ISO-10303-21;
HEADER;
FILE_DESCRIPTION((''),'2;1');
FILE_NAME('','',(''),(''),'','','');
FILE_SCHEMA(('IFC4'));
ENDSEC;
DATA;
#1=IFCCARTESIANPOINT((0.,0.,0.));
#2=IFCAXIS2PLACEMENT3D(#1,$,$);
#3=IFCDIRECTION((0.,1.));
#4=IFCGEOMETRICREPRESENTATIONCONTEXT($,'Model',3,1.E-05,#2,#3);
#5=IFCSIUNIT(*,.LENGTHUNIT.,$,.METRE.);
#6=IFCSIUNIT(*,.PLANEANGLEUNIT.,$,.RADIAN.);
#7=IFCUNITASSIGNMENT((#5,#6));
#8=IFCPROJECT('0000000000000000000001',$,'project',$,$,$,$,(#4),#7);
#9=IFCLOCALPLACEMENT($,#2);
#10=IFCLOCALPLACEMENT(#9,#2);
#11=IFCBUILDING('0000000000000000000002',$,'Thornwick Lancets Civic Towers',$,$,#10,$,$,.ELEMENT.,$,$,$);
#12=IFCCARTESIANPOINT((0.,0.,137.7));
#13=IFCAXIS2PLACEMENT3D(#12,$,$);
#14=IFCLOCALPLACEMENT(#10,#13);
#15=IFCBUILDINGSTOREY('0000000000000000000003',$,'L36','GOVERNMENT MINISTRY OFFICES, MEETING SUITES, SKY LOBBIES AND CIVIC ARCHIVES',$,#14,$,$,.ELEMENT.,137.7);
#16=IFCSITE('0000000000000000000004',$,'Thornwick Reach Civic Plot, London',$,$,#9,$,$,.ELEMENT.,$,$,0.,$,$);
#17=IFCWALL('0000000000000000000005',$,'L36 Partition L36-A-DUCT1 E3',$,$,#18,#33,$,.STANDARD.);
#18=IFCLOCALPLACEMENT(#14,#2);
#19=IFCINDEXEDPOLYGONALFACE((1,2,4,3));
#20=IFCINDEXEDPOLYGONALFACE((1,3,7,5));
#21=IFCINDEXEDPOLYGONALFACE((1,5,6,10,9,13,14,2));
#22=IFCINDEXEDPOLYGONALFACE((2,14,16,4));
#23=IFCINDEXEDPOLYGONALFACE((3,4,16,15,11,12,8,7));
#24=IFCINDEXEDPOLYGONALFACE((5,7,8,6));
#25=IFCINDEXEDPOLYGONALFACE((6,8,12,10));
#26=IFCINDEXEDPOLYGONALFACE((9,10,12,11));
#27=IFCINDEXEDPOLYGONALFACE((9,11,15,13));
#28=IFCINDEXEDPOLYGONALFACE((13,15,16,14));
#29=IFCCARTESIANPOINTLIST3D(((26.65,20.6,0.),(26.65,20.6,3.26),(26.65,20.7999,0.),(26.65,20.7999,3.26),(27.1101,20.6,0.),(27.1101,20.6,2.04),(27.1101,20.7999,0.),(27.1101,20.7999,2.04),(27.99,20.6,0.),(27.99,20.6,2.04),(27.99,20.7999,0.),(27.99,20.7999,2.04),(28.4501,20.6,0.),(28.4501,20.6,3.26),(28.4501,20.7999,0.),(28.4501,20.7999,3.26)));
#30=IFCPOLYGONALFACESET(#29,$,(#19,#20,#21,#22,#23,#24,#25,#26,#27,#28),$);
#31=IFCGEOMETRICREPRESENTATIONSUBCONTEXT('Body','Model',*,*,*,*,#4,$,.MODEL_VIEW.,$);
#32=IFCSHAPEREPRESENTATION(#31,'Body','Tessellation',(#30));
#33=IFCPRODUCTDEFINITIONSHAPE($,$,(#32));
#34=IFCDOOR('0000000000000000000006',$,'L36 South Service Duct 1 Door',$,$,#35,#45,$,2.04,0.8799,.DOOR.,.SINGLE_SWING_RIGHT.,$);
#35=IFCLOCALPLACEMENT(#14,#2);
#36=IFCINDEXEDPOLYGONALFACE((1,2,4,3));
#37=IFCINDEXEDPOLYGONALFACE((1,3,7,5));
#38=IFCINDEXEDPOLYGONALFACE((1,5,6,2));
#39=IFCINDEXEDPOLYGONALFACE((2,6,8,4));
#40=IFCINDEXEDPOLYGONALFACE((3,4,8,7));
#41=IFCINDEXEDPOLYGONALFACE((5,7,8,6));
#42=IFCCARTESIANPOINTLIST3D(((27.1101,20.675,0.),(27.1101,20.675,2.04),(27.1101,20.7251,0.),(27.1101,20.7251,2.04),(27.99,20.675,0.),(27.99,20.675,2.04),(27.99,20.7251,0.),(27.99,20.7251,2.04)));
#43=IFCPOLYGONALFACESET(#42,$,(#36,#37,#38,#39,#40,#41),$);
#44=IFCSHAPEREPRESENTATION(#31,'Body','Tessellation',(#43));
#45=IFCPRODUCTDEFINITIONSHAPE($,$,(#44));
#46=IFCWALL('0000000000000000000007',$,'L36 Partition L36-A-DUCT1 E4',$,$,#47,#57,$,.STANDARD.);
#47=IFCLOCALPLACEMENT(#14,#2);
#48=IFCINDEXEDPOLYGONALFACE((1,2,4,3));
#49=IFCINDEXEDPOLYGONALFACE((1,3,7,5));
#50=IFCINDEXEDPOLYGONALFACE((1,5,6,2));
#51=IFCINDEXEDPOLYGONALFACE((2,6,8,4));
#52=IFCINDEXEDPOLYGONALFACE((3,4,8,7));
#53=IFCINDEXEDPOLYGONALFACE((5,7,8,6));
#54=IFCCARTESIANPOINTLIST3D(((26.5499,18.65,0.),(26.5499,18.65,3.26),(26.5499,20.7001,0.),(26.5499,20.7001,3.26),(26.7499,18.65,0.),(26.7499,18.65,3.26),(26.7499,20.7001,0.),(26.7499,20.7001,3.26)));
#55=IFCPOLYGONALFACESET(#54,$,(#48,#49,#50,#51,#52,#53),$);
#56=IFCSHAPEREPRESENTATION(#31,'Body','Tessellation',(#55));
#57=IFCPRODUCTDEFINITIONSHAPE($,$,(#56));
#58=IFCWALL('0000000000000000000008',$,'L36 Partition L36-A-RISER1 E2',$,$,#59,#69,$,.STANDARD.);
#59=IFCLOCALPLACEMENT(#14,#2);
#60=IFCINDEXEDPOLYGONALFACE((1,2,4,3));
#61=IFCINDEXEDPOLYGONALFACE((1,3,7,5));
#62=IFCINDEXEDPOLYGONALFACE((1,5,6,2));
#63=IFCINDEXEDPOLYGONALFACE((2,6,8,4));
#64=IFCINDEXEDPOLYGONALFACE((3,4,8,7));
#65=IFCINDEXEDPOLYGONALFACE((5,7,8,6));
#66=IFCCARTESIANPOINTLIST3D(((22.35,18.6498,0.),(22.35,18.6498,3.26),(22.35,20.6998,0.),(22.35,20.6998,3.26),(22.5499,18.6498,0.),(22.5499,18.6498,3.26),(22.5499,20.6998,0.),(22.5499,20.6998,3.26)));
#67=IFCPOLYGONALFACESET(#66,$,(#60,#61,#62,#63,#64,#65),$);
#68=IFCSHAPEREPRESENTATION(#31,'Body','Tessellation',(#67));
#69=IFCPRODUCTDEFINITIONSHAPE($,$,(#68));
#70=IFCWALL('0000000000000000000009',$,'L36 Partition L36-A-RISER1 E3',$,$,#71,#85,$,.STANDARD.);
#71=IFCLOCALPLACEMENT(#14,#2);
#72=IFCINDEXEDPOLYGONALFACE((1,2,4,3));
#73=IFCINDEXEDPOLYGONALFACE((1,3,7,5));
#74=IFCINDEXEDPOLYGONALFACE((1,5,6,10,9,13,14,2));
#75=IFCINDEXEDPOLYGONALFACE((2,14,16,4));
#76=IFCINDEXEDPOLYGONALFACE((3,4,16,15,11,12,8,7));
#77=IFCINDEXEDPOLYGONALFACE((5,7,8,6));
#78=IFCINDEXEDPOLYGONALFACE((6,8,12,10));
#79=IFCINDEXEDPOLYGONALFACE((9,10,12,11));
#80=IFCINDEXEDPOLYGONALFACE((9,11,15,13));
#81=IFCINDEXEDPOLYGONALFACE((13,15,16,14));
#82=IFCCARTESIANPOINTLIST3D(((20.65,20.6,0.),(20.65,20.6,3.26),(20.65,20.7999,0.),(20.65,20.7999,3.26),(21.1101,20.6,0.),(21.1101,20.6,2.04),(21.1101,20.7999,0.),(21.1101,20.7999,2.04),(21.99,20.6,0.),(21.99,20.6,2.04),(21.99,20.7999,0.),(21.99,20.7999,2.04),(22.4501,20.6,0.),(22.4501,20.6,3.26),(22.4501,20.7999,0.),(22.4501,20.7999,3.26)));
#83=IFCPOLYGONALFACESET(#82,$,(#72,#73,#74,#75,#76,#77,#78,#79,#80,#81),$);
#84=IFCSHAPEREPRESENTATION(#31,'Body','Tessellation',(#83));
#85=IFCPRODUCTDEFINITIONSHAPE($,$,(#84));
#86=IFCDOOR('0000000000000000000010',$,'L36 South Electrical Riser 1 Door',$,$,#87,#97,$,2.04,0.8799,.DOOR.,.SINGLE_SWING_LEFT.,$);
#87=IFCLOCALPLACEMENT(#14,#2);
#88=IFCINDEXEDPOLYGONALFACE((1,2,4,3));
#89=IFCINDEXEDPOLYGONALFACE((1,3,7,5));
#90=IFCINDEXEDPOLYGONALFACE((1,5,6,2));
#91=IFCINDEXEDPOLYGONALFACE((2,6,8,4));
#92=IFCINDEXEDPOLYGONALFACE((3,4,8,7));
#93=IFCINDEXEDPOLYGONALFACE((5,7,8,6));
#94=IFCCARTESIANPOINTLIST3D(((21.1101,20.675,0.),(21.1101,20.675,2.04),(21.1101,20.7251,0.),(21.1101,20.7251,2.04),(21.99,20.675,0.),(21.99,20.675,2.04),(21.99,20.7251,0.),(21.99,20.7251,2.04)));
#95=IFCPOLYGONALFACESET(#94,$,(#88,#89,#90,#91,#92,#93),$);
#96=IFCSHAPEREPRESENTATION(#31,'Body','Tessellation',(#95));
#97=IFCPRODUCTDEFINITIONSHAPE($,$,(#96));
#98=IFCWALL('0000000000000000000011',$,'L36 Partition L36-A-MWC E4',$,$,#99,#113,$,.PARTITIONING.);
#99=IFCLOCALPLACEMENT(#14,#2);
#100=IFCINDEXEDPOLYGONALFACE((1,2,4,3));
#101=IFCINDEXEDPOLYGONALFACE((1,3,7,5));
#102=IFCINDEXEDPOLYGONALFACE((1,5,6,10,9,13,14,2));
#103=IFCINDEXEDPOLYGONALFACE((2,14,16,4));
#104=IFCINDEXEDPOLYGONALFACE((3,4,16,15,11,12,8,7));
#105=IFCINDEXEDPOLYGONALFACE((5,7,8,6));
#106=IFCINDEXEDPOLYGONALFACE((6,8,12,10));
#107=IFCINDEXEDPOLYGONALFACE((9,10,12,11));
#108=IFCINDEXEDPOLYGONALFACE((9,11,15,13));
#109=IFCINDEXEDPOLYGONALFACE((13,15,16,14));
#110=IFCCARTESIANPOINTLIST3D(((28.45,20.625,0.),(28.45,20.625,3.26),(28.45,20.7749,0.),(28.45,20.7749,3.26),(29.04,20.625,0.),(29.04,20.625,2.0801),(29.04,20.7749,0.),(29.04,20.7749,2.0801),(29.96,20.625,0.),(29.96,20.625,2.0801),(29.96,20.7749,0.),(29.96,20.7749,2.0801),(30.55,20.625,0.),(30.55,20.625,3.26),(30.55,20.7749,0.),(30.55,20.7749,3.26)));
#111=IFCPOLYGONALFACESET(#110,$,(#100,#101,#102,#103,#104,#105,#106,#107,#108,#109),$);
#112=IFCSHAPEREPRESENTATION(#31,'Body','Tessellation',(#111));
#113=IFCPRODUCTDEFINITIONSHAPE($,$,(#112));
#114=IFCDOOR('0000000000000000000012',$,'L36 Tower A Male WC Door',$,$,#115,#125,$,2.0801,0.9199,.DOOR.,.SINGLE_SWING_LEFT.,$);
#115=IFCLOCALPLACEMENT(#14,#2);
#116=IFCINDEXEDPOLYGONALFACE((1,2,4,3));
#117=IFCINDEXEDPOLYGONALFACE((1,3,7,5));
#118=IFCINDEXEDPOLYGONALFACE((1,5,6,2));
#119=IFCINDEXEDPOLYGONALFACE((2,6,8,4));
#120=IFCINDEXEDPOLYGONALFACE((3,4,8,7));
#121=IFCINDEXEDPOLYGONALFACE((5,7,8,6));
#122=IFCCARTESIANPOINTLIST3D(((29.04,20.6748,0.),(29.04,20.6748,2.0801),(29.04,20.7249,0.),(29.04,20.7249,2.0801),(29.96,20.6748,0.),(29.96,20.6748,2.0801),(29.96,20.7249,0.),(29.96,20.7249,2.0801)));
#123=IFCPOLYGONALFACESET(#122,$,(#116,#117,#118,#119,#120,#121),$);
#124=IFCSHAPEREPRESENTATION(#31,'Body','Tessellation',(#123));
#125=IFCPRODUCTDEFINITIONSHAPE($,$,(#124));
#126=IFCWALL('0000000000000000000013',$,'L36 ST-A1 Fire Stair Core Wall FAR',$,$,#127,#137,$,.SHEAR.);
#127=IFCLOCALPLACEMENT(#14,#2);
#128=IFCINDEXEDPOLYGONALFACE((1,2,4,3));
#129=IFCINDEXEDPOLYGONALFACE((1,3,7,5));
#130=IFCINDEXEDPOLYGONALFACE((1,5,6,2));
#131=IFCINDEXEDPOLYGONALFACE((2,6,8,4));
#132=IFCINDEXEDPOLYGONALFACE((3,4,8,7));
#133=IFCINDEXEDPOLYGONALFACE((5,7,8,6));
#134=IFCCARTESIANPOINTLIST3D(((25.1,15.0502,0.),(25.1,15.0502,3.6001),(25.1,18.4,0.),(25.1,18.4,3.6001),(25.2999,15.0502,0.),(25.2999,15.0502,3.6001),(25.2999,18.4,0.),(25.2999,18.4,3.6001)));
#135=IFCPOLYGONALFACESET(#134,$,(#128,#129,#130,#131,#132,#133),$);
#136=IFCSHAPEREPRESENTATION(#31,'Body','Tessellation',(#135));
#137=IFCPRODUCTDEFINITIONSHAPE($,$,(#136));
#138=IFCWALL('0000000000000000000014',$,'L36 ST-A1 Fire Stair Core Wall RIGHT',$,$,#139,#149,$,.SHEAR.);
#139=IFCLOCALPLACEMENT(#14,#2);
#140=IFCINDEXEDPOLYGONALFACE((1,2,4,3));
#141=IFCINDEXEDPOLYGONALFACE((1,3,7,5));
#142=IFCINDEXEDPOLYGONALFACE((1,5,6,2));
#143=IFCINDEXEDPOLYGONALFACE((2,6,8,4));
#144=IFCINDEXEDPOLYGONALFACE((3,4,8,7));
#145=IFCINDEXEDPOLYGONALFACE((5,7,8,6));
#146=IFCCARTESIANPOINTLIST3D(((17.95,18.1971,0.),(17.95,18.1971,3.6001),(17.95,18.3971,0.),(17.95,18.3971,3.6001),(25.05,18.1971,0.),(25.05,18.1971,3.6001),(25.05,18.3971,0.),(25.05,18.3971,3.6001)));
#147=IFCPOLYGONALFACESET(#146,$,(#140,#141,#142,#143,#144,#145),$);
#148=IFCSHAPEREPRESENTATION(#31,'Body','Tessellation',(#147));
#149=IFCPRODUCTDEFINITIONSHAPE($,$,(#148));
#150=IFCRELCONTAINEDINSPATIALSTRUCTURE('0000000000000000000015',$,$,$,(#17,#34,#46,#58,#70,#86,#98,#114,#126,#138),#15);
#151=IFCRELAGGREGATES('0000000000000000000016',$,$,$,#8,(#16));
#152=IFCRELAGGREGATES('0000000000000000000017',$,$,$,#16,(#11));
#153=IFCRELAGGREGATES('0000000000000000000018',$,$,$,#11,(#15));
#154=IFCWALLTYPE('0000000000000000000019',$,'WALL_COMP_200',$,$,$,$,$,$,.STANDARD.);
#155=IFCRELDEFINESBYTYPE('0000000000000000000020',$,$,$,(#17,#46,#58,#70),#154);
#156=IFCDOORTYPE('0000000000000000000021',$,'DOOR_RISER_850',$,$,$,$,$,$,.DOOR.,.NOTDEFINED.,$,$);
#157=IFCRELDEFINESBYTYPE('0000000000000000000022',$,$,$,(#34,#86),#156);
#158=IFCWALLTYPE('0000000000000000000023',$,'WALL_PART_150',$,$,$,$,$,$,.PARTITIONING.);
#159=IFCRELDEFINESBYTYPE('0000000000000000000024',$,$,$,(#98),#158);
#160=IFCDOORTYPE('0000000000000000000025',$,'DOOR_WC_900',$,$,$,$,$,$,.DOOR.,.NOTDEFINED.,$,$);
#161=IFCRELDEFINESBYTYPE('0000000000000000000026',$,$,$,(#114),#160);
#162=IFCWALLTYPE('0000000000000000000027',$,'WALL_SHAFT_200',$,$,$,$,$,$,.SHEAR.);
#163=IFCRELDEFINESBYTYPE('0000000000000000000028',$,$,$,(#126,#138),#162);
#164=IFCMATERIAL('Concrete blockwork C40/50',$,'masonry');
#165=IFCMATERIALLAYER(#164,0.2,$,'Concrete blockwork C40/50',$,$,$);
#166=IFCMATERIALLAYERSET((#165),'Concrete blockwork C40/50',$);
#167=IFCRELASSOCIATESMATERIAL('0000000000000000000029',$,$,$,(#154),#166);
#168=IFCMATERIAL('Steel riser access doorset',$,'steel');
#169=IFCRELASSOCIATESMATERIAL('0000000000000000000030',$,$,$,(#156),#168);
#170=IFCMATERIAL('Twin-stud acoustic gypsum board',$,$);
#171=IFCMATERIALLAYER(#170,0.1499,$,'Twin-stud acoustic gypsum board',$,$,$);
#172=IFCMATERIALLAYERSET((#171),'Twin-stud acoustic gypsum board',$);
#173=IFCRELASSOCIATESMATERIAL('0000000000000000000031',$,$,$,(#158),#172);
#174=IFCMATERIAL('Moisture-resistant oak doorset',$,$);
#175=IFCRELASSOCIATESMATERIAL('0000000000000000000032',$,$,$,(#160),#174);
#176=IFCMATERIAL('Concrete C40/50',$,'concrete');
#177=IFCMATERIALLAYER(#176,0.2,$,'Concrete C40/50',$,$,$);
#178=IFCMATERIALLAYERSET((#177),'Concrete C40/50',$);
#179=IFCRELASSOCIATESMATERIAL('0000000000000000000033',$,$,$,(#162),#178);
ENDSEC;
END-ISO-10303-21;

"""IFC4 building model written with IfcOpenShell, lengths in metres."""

from ifc_helpers import new_model, si_unit, direction, frame, frame_2d, origin, place, context, subcontext, project, spatial, rectangle, extrude, material, layer, layer_set, type_object, element, fill, save


model = new_model("IFC4")

# Units and contexts
model_context = context("Model", 3, precision=1e-05, world=origin(), true_north=direction((0.0, 1.0)))
body_context = subcontext(model_context, "Body", "Model", "MODEL_VIEW")
ifc_project = project(units=[si_unit("LENGTHUNIT", "METRE"), si_unit("PLANEANGLEUNIT", "RADIAN")], contexts=[model_context])

# Site, building, storey
site_placement = place(None, origin())
site = spatial("IfcSite", under=ifc_project, at=site_placement, Name="Thornwick Reach Civic Plot, London", CompositionType="ELEMENT", RefElevation=0.0)
building_placement = place(site_placement, origin())
building = spatial("IfcBuilding", under=site, at=building_placement, Name="Thornwick Lancets Civic Towers", CompositionType="ELEMENT")
storey_placement = place(building_placement, frame((0.0, 0.0, 137.7)))
storey = spatial("IfcBuildingStorey", under=building, at=storey_placement, Name="L36", Description="GOVERNMENT MINISTRY OFFICES, MEETING SUITES, SKY LOBBIES AND CIVIC ARCHIVES", CompositionType="ELEMENT", Elevation=137.7)

# Shared definitions
ifc_material_1 = material(Name="Concrete C40/50", Category="concrete")

# Shared definitions
ifc_material_2 = material(Name="Concrete blockwork C40/50", Category="masonry")
ifc_layer_1 = layer(ifc_material_2, 0.2, Name="Concrete blockwork C40/50")
ifc_layer_set_1 = layer_set([ifc_layer_1], Name="Concrete blockwork C40/50")
wall_type_1 = type_object("IfcWallType", Name="WALL_COMP_200", PredefinedType="STANDARD", material=ifc_layer_set_1)

# Wall, opening, door
wall_1_placement = place(storey_placement, frame((28.45, 20.7, 0.0), z_axis=(0.0, 0.0, 1.0), x_axis=(-1.0, 0.0, 0.0)))
wall_1 = element("IfcWall", 1, at=wall_1_placement, inside=storey, type_object=wall_type_1, Name="L36 Partition L36-A-DUCT1 E3", PredefinedType="STANDARD", context=body_context, shape_type="SweptSolid", body=[
    extrude(rectangle(XDim=1.8, YDim=0.2, at=frame_2d((0.8999, 0.0))), origin(), (0.0, 0.0, 1.0), 3.26),
])
opening_1_placement = place(wall_1_placement, frame((0.46, 0.0, 0.0)))
opening_1 = element("IfcOpeningElement", 2, at=opening_1_placement, cuts=wall_1, PredefinedType="OPENING", context=body_context, shape_type="SweptSolid", body=[
    extrude(rectangle(XDim=0.8799, YDim=2.04, at=frame_2d((0.4399, 1.02))), frame((0.0, 0.1099, 0.0), z_axis=(0.0, -1.0, 0.0), x_axis=(1.0, 0.0, 0.0)), (0.0, 0.0, 1.0), 0.22),
])
ifc_material_3 = material(Name="Steel riser access doorset", Category="steel")
door_type_1 = type_object("IfcDoorType", Name="DOOR_RISER_850", OperationType="NOTDEFINED", PredefinedType="DOOR", material=ifc_material_3)
door_1_placement = place(opening_1_placement, origin())
door_1 = element("IfcDoor", 3, at=door_1_placement, inside=storey, type_object=door_type_1, Name="L36 South Service Duct 1 Door", OperationType="SINGLE_SWING_RIGHT", OverallHeight=2.04, OverallWidth=0.8799, PredefinedType="DOOR", context=body_context, shape_type="SweptSolid", body=[
    extrude(rectangle(XDim=0.8799, YDim=2.04, at=frame_2d((0.4399, 1.02))), frame((0.0, 0.0249, 0.0), z_axis=(0.0, -1.0, 0.0), x_axis=(1.0, 0.0, 0.0)), (0.0, 0.0, 1.0), 0.05),
])
fill(opening_1, door_1)

# Walls
for number, where, z_axis, x_axis, name in (
    (4, (26.6499, 20.7, 0.0), (0.0, 0.0, 1.0), (0.0, -1.0, 0.0), "L36 Partition L36-A-DUCT1 E4"),
    (5, (22.45, 18.6499, 0.0), (0.0, 0.0, 1.0), (0.0, 1.0, 0.0), "L36 Partition L36-A-RISER1 E2"),
):
    element("IfcWall", number, at=place(storey_placement, frame(where, z_axis=z_axis, x_axis=x_axis)), inside=storey, type_object=wall_type_1, Name=name, PredefinedType="STANDARD", context=body_context, shape_type="SweptSolid", body=[
        extrude(rectangle(XDim=2.05, YDim=0.2, at=frame_2d((1.0249, 0.0))), origin(), (0.0, 0.0, 1.0), 3.26),
    ])

# Walls, openings, doors
wall_2_placement = place(storey_placement, frame((22.45, 20.7, 0.0), z_axis=(0.0, 0.0, 1.0), x_axis=(-1.0, 0.0, 0.0)))
wall_2 = element("IfcWall", 6, at=wall_2_placement, inside=storey, type_object=wall_type_1, Name="L36 Partition L36-A-RISER1 E3", PredefinedType="STANDARD", context=body_context, shape_type="SweptSolid", body=[
    extrude(rectangle(XDim=1.8, YDim=0.2, at=frame_2d((0.8999, 0.0))), origin(), (0.0, 0.0, 1.0), 3.26),
])
opening_2_placement = place(wall_2_placement, frame((0.46, 0.0, 0.0)))
opening_2 = element("IfcOpeningElement", 7, at=opening_2_placement, cuts=wall_2, PredefinedType="OPENING", context=body_context, shape_type="SweptSolid", body=[
    extrude(rectangle(XDim=0.8799, YDim=2.04, at=frame_2d((0.4399, 1.02))), frame((0.0, 0.1099, 0.0), z_axis=(0.0, -1.0, 0.0), x_axis=(1.0, 0.0, 0.0)), (0.0, 0.0, 1.0), 0.22),
])
door_2_placement = place(opening_2_placement, origin())
door_2 = element("IfcDoor", 8, at=door_2_placement, inside=storey, type_object=door_type_1, Name="L36 South Electrical Riser 1 Door", OperationType="SINGLE_SWING_LEFT", OverallHeight=2.04, OverallWidth=0.8799, PredefinedType="DOOR", context=body_context, shape_type="SweptSolid", body=[
    extrude(rectangle(XDim=0.8799, YDim=2.04, at=frame_2d((0.4399, 1.02))), frame((0.0, 0.0249, 0.0), z_axis=(0.0, -1.0, 0.0), x_axis=(1.0, 0.0, 0.0)), (0.0, 0.0, 1.0), 0.05),
])
fill(opening_2, door_2)
ifc_material_4 = material(Name="Twin-stud acoustic gypsum board")
ifc_layer_2 = layer(ifc_material_4, 0.1499, Name="Twin-stud acoustic gypsum board")
ifc_layer_set_2 = layer_set([ifc_layer_2], Name="Twin-stud acoustic gypsum board")
wall_type_2 = type_object("IfcWallType", Name="WALL_PART_150", PredefinedType="PARTITIONING", material=ifc_layer_set_2)
wall_3_placement = place(storey_placement, frame((28.45, 20.7, 0.0), z_axis=(0.0, 0.0, 1.0), x_axis=(1.0, 0.0, 0.0)))
wall_3 = element("IfcWall", 9, at=wall_3_placement, inside=storey, type_object=wall_type_2, Name="L36 Partition L36-A-MWC E4", PredefinedType="PARTITIONING", context=body_context, shape_type="SweptSolid", body=[
    extrude(rectangle(XDim=2.1001, YDim=0.1499, at=frame_2d((1.05, 0.0))), origin(), (0.0, 0.0, 1.0), 3.26),
])
opening_3_placement = place(wall_3_placement, frame((0.5901, 0.0, 0.0)))
opening_3 = element("IfcOpeningElement", 10, at=opening_3_placement, cuts=wall_3, PredefinedType="OPENING", context=body_context, shape_type="SweptSolid", body=[
    extrude(rectangle(XDim=0.9199, YDim=2.0801, at=frame_2d((0.46, 1.04))), frame((0.0, 0.085, 0.0), z_axis=(0.0, -1.0, 0.0), x_axis=(1.0, 0.0, 0.0)), (0.0, 0.0, 1.0), 0.1699),
])
ifc_material_5 = material(Name="Moisture-resistant oak doorset")
door_type_2 = type_object("IfcDoorType", Name="DOOR_WC_900", OperationType="NOTDEFINED", PredefinedType="DOOR", material=ifc_material_5)
door_3_placement = place(opening_3_placement, origin())
door_3 = element("IfcDoor", 11, at=door_3_placement, inside=storey, type_object=door_type_2, Name="L36 Tower A Male WC Door", OperationType="SINGLE_SWING_LEFT", OverallHeight=2.0801, OverallWidth=0.9199, PredefinedType="DOOR", context=body_context, shape_type="SweptSolid", body=[
    extrude(rectangle(XDim=0.9199, YDim=2.0801, at=frame_2d((0.46, 1.04))), frame((0.0, 0.0249, 0.0), z_axis=(0.0, -1.0, 0.0), x_axis=(1.0, 0.0, 0.0)), (0.0, 0.0, 1.0), 0.05),
])
fill(opening_3, door_3)

# Walls
ifc_layer_3 = layer(ifc_material_1, 0.2, Name="Concrete C40/50")
ifc_layer_set_3 = layer_set([ifc_layer_3], Name="Concrete C40/50")
wall_type_3 = type_object("IfcWallType", Name="WALL_SHAFT_200", PredefinedType="SHEAR", material=ifc_layer_set_3)
wall_4_placement = place(storey_placement, frame((25.2, 18.3999, 0.0), z_axis=(0.0, 0.0, 1.0), x_axis=(0.0, -1.0, 0.0)))
element("IfcWall", 12, at=wall_4_placement, inside=storey, type_object=wall_type_3, Name="L36 ST-A1 Fire Stair Core Wall FAR", PredefinedType="SHEAR", context=body_context, shape_type="SweptSolid", body=[
    extrude(rectangle(XDim=3.3499, YDim=0.2, at=frame_2d((1.6748, 0.0))), origin(), (0.0, 0.0, 1.0), 3.6001),
])
wall_5_placement = place(storey_placement, frame((25.05, 18.2971, 0.0), z_axis=(0.0, 0.0, 1.0), x_axis=(-1.0, 0.0, 0.0)))
element("IfcWall", 13, at=wall_5_placement, inside=storey, type_object=wall_type_3, Name="L36 ST-A1 Fire Stair Core Wall RIGHT", PredefinedType="SHEAR", context=body_context, shape_type="SweptSolid", body=[
    extrude(rectangle(XDim=7.1001, YDim=0.2, at=frame_2d((3.55, 0.0))), origin(), (0.0, 0.0, 1.0), 3.6001),
])

save(model, "model.ifc")
